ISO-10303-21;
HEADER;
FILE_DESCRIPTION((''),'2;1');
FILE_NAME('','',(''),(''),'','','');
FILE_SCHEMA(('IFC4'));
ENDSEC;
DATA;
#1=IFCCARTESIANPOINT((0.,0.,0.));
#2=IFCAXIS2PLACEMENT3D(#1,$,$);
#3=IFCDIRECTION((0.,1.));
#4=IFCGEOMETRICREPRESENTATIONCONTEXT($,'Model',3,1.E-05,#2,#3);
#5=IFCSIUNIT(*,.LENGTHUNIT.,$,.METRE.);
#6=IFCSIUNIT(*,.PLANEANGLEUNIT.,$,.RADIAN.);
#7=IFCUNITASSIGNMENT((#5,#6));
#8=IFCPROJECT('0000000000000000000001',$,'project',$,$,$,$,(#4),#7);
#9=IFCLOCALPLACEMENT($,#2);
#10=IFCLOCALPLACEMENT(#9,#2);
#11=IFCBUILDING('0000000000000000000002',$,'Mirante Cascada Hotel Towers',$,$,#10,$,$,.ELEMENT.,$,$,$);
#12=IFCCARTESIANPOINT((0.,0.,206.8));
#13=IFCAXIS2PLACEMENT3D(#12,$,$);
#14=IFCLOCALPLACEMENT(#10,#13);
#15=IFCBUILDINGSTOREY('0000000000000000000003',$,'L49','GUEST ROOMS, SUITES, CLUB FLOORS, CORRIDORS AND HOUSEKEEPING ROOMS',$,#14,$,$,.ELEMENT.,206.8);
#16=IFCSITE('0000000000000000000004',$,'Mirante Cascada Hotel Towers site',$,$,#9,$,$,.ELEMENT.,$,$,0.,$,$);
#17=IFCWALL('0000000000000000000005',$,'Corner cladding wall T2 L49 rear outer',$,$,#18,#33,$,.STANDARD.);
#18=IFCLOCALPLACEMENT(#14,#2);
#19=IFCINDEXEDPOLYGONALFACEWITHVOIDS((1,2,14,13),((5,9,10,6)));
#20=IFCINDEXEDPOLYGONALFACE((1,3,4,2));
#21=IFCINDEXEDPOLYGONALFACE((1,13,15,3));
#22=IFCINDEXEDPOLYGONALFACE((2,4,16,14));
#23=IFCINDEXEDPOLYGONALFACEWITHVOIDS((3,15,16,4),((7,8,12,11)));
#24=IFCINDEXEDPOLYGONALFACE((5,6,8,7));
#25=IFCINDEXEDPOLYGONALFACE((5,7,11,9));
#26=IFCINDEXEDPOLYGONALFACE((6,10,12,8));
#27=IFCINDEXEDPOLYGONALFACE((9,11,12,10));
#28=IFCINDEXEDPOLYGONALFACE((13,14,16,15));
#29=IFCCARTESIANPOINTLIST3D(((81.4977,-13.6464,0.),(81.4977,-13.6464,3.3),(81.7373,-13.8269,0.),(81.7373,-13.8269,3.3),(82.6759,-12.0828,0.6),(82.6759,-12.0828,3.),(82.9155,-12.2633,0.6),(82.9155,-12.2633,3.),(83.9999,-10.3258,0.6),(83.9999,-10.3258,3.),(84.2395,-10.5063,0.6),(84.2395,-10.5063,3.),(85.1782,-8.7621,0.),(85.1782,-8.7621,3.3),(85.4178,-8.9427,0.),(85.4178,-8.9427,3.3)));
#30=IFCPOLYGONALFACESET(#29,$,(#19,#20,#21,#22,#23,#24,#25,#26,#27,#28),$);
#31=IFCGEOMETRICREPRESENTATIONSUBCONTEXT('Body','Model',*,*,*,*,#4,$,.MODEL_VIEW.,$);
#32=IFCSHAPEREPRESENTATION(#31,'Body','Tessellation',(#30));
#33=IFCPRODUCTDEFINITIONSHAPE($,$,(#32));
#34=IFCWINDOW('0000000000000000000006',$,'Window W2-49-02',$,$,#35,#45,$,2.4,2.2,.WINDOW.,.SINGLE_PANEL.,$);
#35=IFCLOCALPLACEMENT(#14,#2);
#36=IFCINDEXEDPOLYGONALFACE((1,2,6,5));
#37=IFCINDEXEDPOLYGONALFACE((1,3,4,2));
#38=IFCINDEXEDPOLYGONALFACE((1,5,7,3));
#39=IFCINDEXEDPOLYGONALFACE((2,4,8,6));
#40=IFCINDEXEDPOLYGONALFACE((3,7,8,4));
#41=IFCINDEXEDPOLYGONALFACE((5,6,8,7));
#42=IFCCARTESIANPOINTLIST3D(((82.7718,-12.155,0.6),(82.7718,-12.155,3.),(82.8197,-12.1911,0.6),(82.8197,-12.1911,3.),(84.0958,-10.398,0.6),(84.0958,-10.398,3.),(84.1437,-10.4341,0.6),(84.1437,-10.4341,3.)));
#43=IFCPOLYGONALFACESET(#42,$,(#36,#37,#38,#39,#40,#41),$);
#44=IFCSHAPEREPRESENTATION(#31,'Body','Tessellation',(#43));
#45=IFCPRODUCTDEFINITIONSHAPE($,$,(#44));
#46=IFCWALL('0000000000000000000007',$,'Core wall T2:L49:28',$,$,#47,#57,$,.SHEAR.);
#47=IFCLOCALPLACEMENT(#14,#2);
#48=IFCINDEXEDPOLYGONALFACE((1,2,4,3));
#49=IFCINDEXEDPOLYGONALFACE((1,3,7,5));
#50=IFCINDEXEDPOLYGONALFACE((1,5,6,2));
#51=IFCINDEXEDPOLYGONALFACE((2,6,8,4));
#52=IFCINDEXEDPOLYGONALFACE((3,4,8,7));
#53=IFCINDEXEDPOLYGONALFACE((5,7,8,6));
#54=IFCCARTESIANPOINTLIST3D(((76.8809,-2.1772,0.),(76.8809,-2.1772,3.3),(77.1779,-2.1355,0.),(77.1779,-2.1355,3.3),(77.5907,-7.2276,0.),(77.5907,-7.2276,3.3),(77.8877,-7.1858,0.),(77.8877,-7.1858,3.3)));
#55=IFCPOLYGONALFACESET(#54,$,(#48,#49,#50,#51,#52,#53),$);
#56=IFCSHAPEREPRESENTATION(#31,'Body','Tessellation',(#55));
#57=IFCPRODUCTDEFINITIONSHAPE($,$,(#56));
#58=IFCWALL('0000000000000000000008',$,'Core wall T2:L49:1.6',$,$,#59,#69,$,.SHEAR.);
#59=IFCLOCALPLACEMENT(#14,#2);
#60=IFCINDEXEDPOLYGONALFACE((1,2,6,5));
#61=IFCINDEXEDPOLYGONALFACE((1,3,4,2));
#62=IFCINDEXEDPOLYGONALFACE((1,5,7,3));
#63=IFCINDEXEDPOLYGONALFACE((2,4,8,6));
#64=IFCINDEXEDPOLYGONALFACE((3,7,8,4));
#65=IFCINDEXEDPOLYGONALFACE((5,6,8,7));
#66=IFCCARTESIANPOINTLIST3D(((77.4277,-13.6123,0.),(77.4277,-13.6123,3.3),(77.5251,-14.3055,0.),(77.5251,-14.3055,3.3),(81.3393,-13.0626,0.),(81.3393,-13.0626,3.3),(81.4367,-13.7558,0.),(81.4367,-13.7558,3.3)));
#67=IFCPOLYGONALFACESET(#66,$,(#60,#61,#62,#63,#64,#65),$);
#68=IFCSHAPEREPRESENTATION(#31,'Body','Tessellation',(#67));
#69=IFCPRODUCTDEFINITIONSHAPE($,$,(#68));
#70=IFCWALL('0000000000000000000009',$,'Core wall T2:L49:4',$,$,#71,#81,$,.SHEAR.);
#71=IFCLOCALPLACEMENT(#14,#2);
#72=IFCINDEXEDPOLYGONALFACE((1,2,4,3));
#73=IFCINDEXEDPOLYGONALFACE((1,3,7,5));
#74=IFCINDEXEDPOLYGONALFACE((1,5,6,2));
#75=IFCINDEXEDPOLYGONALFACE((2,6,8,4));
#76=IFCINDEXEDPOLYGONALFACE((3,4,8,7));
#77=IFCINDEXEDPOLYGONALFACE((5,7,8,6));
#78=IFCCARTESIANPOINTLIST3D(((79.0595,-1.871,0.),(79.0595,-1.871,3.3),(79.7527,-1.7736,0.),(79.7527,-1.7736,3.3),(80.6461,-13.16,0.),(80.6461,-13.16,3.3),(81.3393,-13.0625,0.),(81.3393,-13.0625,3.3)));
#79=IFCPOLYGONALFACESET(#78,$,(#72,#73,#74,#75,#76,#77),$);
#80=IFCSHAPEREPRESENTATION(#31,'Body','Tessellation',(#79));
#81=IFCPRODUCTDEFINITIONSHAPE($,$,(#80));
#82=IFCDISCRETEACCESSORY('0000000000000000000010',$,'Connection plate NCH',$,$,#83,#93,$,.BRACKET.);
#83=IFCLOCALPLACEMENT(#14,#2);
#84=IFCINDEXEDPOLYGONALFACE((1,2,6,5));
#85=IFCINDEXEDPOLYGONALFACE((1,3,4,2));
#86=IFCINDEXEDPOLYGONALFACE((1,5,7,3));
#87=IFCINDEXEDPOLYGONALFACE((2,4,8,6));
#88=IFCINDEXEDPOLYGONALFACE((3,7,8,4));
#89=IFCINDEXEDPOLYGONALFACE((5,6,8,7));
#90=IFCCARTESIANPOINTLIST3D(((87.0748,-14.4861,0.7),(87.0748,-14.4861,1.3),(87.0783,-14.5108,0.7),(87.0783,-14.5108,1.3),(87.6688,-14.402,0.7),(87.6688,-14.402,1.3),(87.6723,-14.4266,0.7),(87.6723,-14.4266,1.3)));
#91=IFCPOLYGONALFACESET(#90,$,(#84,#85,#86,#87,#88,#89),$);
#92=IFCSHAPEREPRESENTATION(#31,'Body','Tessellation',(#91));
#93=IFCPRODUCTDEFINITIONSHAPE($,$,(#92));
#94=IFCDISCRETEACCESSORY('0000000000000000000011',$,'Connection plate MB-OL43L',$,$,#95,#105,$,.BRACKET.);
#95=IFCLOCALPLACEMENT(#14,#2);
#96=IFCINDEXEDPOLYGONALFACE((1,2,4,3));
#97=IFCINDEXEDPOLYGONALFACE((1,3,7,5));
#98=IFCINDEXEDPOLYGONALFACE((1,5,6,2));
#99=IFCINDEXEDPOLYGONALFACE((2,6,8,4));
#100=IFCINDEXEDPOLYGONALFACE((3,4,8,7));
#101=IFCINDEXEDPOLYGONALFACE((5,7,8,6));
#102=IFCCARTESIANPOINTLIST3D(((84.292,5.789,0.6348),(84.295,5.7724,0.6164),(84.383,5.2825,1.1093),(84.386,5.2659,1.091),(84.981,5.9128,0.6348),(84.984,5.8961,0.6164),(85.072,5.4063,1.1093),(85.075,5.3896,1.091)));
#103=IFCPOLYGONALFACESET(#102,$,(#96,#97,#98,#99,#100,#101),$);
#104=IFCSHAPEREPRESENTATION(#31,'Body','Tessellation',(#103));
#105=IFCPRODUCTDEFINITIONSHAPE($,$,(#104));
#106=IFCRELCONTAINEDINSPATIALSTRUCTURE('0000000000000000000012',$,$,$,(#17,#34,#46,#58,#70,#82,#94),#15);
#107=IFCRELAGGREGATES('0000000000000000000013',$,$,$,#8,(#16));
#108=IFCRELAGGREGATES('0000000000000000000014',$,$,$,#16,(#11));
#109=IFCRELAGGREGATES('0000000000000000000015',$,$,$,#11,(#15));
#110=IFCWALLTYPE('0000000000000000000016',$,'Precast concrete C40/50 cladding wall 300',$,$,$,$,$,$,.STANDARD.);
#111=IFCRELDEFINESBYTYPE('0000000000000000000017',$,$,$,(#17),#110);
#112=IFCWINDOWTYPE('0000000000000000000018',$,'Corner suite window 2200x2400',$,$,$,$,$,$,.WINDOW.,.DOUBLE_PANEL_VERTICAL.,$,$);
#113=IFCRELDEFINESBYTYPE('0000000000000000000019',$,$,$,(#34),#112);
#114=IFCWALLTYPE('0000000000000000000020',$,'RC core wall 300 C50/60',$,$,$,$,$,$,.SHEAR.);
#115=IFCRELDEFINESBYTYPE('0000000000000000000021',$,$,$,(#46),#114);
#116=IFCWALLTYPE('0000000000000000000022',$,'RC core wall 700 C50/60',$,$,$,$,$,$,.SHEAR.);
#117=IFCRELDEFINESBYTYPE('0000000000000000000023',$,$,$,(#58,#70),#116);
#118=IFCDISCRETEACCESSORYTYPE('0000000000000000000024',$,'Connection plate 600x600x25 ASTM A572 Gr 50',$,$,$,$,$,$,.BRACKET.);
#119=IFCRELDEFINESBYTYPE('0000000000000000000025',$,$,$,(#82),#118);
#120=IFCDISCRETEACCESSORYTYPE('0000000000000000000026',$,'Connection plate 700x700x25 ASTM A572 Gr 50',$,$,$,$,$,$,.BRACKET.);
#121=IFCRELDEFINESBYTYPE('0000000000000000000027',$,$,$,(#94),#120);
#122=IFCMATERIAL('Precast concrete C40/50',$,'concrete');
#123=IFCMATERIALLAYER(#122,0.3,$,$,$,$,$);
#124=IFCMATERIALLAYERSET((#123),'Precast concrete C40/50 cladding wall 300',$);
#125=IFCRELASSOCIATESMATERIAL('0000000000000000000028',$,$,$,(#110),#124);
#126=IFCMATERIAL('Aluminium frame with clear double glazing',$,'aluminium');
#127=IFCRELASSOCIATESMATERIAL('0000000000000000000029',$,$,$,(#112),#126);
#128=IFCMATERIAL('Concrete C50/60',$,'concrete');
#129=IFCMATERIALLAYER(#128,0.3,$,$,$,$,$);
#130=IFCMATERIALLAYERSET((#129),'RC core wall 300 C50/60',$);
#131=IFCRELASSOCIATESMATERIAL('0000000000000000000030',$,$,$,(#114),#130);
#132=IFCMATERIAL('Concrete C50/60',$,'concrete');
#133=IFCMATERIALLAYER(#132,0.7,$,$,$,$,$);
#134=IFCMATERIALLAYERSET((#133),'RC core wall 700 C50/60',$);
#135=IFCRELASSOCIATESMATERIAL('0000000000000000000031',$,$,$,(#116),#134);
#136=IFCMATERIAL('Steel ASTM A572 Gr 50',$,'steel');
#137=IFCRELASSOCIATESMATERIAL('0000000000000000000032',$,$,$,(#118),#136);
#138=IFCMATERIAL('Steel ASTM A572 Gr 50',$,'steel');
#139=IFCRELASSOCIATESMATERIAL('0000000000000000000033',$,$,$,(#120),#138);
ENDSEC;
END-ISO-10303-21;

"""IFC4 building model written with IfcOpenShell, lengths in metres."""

from ifc_helpers import new_model, si_unit, direction, frame, frame_2d, origin, origin_2d, place, context, subcontext, project, spatial, rectangle, extrude, material, layer, layer_set, material_profile, profile_set, type_object, element, fill, save


model = new_model("IFC4")

# Units and contexts
model_context = context("Model", 3, precision=1e-05, world=origin(), true_north=direction((0.0, 1.0)))
body_context = subcontext(model_context, "Body", "Model", "MODEL_VIEW")
ifc_project = project(units=[si_unit("LENGTHUNIT", "METRE"), si_unit("PLANEANGLEUNIT", "RADIAN")], contexts=[model_context])

# Site, building, storey
site_placement = place(None, origin())
site = spatial("IfcSite", under=ifc_project, at=site_placement, Name="Mirante Cascada Hotel Towers site", CompositionType="ELEMENT", RefElevation=0.0)
building_placement = place(site_placement, origin())
building = spatial("IfcBuilding", under=site, at=building_placement, Name="Mirante Cascada Hotel Towers", CompositionType="ELEMENT")
storey_placement = place(building_placement, frame((0.0, 0.0, 206.8)))
storey = spatial("IfcBuildingStorey", under=building, at=storey_placement, Name="L49", Description="GUEST ROOMS, SUITES, CLUB FLOORS, CORRIDORS AND HOUSEKEEPING ROOMS", CompositionType="ELEMENT", Elevation=206.8)

# Wall, opening, window
ifc_material_1 = material(Name="Precast concrete C40/50", Category="concrete")
ifc_layer_1 = layer(ifc_material_1, 0.3)
ifc_layer_set_1 = layer_set([ifc_layer_1], Name="Precast concrete C40/50 cladding wall 300")
wall_type_1 = type_object("IfcWallType", Name="Precast concrete C40/50 cladding wall 300", PredefinedType="STANDARD", material=ifc_layer_set_1)
wall_1_placement = place(storey_placement, frame((81.6175, -13.7366, 0.0), z_axis=(0.0, 0.0, 1.0), x_axis=(0.601814, 0.798636, 0.0)))
wall_1 = element("IfcWall", 1, at=wall_1_placement, inside=storey, type_object=wall_type_1, Name="Corner cladding wall T2 L49 rear outer", PredefinedType="STANDARD", context=body_context, shape_type="SweptSolid", body=[
    extrude(rectangle(XDim=6.1157, YDim=0.3, at=frame_2d((3.0578, 0.0))), origin(), (0.0, 0.0, 1.0), 3.3),
])
opening_1_placement = place(wall_1_placement, frame((1.9578, 0.0, 0.6)))
opening_1 = element("IfcOpeningElement", 2, at=opening_1_placement, cuts=wall_1, PredefinedType="OPENING", context=body_context, shape_type="SweptSolid", body=[
    extrude(rectangle(XDim=2.2, YDim=2.4, at=frame_2d((1.1, 1.2))), frame((0.0, 0.15, 0.0), z_axis=(0.0, -1.0, 0.0), x_axis=(1.0, 0.0, 0.0)), (0.0, 0.0, 1.0), 0.3),
])
ifc_material_2 = material(Name="Aluminium frame with clear double glazing", Category="aluminium")
window_type = type_object("IfcWindowType", Name="Corner suite window 2200x2400", PartitioningType="DOUBLE_PANEL_VERTICAL", PredefinedType="WINDOW", material=ifc_material_2)
window_placement = place(opening_1_placement, origin())
window = element("IfcWindow", 3, at=window_placement, inside=storey, type_object=window_type, Name="Window W2-49-02", OverallHeight=2.4, OverallWidth=2.2, PartitioningType="SINGLE_PANEL", PredefinedType="WINDOW", context=body_context, shape_type="SweptSolid", body=[
    extrude(rectangle(XDim=2.2, YDim=2.4, at=frame_2d((1.1, 1.2))), frame((0.0, 0.03, 0.0), z_axis=(0.0, -1.0, 0.0), x_axis=(1.0, 0.0, 0.0)), (0.0, 0.0, 1.0), 0.06),
])
fill(opening_1, window)

# Walls
ifc_material_3 = material(Name="Concrete C50/60", Category="concrete")
ifc_layer_2 = layer(ifc_material_3, 0.3)
ifc_layer_set_2 = layer_set([ifc_layer_2], Name="RC core wall 300 C50/60")
wall_type_2 = type_object("IfcWallType", Name="RC core wall 300 C50/60", PredefinedType="SHEAR", material=ifc_layer_set_2)
wall_2_placement = place(storey_placement, frame((77.7392, -7.2067, 0.0), z_axis=(0.0, 0.0, 1.0), x_axis=(-0.139176, 0.990268, 0.0)))
element("IfcWall", 4, at=wall_2_placement, inside=storey, type_object=wall_type_2, Name="Core wall T2:L49:28", PredefinedType="SHEAR", context=body_context, shape_type="SweptSolid", body=[
    extrude(rectangle(XDim=5.1, YDim=0.3, at=frame_2d((2.55, 0.0))), origin(), (0.0, 0.0, 1.0), 3.3),
])
ifc_material_4 = material(Name="Concrete C50/60", Category="concrete")
ifc_layer_3 = layer(ifc_material_4, 0.7)
ifc_layer_set_3 = layer_set([ifc_layer_3], Name="RC core wall 700 C50/60")
wall_type_3 = type_object("IfcWallType", Name="RC core wall 700 C50/60", PredefinedType="SHEAR", material=ifc_layer_set_3)
wall_3_placement = place(storey_placement, frame((77.4764, -13.9589, 0.0), z_axis=(0.0, 0.0, 1.0), x_axis=(0.990269, 0.139163, 0.0)))
element("IfcWall", 5, at=wall_3_placement, inside=storey, type_object=wall_type_3, Name="Core wall T2:L49:1.6", PredefinedType="SHEAR", context=body_context, shape_type="SweptSolid", body=[
    extrude(rectangle(XDim=3.95, YDim=0.7, at=frame_2d((1.975, 0.0))), origin(), (0.0, 0.0, 1.0), 3.3),
])
wall_4_placement = place(storey_placement, frame((80.9927, -13.1113, 0.0), z_axis=(0.0, 0.0, 1.0), x_axis=(-0.139176, 0.990268, 0.0)))
element("IfcWall", 6, at=wall_4_placement, inside=storey, type_object=wall_type_3, Name="Core wall T2:L49:4", PredefinedType="SHEAR", context=body_context, shape_type="SweptSolid", body=[
    extrude(rectangle(XDim=11.3999, YDim=0.7, at=frame_2d((5.7, 0.0))), origin(), (0.0, 0.0, 1.0), 3.3),
])

# Discrete accessories
ifc_material_5 = material(Name="Steel ASTM A572 Gr 50", Category="steel")
ifc_material_profile_1 = material_profile(ifc_material_5, rectangle(XDim=0.6, YDim=0.6, at=origin_2d()), Name="Connection plate 600x600x25 ASTM A572 Gr 50")
ifc_profile_set_1 = profile_set([ifc_material_profile_1], Name="Steel ASTM A572 Gr 50")
discrete_accessory_type_1 = type_object("IfcDiscreteAccessoryType", Name="Connection plate 600x600x25 ASTM A572 Gr 50", PredefinedType="BRACKET", material=ifc_profile_set_1)
discrete_accessory_1_placement = place(storey_placement, frame((87.3753, -14.4687, 1.0), z_axis=(-0.140299, 0.990109, 0.0), x_axis=(-0.990109, -0.140299, 0.0)))
element("IfcDiscreteAccessory", 7, at=discrete_accessory_1_placement, inside=storey, type_object=discrete_accessory_type_1, Name="Connection plate NCH", PredefinedType="BRACKET", context=body_context, shape_type="SweptSolid", body=[
    extrude(rectangle(XDim=0.6, YDim=0.6, at=origin_2d()), origin(), (0.0, 0.0, 1.0), 0.0249),
])
ifc_material_6 = material(Name="Steel ASTM A572 Gr 50", Category="steel")
ifc_material_profile_2 = material_profile(ifc_material_6, rectangle(XDim=0.7, YDim=0.7, at=origin_2d()), Name="Connection plate 700x700x25 ASTM A572 Gr 50")
ifc_profile_set_2 = profile_set([ifc_material_profile_2], Name="Steel ASTM A572 Gr 50")
discrete_accessory_type_2 = type_object("IfcDiscreteAccessoryType", Name="Connection plate 700x700x25 ASTM A572 Gr 50", PredefinedType="BRACKET", material=ifc_profile_set_2)
discrete_accessory_2_placement = place(storey_placement, frame((84.685, 5.581, 0.8537), z_axis=(-0.119861, 0.667226, 0.735148), x_axis=(-0.984245, -0.176811, 0.0)))
element("IfcDiscreteAccessory", 8, at=discrete_accessory_2_placement, inside=storey, type_object=discrete_accessory_type_2, Name="Connection plate MB-OL43L", PredefinedType="BRACKET", context=body_context, shape_type="SweptSolid", body=[
    extrude(rectangle(XDim=0.7, YDim=0.7, at=origin_2d()), origin(), (0.0, 0.0, 1.0), 0.025),
])

save(model, "model.ifc")
